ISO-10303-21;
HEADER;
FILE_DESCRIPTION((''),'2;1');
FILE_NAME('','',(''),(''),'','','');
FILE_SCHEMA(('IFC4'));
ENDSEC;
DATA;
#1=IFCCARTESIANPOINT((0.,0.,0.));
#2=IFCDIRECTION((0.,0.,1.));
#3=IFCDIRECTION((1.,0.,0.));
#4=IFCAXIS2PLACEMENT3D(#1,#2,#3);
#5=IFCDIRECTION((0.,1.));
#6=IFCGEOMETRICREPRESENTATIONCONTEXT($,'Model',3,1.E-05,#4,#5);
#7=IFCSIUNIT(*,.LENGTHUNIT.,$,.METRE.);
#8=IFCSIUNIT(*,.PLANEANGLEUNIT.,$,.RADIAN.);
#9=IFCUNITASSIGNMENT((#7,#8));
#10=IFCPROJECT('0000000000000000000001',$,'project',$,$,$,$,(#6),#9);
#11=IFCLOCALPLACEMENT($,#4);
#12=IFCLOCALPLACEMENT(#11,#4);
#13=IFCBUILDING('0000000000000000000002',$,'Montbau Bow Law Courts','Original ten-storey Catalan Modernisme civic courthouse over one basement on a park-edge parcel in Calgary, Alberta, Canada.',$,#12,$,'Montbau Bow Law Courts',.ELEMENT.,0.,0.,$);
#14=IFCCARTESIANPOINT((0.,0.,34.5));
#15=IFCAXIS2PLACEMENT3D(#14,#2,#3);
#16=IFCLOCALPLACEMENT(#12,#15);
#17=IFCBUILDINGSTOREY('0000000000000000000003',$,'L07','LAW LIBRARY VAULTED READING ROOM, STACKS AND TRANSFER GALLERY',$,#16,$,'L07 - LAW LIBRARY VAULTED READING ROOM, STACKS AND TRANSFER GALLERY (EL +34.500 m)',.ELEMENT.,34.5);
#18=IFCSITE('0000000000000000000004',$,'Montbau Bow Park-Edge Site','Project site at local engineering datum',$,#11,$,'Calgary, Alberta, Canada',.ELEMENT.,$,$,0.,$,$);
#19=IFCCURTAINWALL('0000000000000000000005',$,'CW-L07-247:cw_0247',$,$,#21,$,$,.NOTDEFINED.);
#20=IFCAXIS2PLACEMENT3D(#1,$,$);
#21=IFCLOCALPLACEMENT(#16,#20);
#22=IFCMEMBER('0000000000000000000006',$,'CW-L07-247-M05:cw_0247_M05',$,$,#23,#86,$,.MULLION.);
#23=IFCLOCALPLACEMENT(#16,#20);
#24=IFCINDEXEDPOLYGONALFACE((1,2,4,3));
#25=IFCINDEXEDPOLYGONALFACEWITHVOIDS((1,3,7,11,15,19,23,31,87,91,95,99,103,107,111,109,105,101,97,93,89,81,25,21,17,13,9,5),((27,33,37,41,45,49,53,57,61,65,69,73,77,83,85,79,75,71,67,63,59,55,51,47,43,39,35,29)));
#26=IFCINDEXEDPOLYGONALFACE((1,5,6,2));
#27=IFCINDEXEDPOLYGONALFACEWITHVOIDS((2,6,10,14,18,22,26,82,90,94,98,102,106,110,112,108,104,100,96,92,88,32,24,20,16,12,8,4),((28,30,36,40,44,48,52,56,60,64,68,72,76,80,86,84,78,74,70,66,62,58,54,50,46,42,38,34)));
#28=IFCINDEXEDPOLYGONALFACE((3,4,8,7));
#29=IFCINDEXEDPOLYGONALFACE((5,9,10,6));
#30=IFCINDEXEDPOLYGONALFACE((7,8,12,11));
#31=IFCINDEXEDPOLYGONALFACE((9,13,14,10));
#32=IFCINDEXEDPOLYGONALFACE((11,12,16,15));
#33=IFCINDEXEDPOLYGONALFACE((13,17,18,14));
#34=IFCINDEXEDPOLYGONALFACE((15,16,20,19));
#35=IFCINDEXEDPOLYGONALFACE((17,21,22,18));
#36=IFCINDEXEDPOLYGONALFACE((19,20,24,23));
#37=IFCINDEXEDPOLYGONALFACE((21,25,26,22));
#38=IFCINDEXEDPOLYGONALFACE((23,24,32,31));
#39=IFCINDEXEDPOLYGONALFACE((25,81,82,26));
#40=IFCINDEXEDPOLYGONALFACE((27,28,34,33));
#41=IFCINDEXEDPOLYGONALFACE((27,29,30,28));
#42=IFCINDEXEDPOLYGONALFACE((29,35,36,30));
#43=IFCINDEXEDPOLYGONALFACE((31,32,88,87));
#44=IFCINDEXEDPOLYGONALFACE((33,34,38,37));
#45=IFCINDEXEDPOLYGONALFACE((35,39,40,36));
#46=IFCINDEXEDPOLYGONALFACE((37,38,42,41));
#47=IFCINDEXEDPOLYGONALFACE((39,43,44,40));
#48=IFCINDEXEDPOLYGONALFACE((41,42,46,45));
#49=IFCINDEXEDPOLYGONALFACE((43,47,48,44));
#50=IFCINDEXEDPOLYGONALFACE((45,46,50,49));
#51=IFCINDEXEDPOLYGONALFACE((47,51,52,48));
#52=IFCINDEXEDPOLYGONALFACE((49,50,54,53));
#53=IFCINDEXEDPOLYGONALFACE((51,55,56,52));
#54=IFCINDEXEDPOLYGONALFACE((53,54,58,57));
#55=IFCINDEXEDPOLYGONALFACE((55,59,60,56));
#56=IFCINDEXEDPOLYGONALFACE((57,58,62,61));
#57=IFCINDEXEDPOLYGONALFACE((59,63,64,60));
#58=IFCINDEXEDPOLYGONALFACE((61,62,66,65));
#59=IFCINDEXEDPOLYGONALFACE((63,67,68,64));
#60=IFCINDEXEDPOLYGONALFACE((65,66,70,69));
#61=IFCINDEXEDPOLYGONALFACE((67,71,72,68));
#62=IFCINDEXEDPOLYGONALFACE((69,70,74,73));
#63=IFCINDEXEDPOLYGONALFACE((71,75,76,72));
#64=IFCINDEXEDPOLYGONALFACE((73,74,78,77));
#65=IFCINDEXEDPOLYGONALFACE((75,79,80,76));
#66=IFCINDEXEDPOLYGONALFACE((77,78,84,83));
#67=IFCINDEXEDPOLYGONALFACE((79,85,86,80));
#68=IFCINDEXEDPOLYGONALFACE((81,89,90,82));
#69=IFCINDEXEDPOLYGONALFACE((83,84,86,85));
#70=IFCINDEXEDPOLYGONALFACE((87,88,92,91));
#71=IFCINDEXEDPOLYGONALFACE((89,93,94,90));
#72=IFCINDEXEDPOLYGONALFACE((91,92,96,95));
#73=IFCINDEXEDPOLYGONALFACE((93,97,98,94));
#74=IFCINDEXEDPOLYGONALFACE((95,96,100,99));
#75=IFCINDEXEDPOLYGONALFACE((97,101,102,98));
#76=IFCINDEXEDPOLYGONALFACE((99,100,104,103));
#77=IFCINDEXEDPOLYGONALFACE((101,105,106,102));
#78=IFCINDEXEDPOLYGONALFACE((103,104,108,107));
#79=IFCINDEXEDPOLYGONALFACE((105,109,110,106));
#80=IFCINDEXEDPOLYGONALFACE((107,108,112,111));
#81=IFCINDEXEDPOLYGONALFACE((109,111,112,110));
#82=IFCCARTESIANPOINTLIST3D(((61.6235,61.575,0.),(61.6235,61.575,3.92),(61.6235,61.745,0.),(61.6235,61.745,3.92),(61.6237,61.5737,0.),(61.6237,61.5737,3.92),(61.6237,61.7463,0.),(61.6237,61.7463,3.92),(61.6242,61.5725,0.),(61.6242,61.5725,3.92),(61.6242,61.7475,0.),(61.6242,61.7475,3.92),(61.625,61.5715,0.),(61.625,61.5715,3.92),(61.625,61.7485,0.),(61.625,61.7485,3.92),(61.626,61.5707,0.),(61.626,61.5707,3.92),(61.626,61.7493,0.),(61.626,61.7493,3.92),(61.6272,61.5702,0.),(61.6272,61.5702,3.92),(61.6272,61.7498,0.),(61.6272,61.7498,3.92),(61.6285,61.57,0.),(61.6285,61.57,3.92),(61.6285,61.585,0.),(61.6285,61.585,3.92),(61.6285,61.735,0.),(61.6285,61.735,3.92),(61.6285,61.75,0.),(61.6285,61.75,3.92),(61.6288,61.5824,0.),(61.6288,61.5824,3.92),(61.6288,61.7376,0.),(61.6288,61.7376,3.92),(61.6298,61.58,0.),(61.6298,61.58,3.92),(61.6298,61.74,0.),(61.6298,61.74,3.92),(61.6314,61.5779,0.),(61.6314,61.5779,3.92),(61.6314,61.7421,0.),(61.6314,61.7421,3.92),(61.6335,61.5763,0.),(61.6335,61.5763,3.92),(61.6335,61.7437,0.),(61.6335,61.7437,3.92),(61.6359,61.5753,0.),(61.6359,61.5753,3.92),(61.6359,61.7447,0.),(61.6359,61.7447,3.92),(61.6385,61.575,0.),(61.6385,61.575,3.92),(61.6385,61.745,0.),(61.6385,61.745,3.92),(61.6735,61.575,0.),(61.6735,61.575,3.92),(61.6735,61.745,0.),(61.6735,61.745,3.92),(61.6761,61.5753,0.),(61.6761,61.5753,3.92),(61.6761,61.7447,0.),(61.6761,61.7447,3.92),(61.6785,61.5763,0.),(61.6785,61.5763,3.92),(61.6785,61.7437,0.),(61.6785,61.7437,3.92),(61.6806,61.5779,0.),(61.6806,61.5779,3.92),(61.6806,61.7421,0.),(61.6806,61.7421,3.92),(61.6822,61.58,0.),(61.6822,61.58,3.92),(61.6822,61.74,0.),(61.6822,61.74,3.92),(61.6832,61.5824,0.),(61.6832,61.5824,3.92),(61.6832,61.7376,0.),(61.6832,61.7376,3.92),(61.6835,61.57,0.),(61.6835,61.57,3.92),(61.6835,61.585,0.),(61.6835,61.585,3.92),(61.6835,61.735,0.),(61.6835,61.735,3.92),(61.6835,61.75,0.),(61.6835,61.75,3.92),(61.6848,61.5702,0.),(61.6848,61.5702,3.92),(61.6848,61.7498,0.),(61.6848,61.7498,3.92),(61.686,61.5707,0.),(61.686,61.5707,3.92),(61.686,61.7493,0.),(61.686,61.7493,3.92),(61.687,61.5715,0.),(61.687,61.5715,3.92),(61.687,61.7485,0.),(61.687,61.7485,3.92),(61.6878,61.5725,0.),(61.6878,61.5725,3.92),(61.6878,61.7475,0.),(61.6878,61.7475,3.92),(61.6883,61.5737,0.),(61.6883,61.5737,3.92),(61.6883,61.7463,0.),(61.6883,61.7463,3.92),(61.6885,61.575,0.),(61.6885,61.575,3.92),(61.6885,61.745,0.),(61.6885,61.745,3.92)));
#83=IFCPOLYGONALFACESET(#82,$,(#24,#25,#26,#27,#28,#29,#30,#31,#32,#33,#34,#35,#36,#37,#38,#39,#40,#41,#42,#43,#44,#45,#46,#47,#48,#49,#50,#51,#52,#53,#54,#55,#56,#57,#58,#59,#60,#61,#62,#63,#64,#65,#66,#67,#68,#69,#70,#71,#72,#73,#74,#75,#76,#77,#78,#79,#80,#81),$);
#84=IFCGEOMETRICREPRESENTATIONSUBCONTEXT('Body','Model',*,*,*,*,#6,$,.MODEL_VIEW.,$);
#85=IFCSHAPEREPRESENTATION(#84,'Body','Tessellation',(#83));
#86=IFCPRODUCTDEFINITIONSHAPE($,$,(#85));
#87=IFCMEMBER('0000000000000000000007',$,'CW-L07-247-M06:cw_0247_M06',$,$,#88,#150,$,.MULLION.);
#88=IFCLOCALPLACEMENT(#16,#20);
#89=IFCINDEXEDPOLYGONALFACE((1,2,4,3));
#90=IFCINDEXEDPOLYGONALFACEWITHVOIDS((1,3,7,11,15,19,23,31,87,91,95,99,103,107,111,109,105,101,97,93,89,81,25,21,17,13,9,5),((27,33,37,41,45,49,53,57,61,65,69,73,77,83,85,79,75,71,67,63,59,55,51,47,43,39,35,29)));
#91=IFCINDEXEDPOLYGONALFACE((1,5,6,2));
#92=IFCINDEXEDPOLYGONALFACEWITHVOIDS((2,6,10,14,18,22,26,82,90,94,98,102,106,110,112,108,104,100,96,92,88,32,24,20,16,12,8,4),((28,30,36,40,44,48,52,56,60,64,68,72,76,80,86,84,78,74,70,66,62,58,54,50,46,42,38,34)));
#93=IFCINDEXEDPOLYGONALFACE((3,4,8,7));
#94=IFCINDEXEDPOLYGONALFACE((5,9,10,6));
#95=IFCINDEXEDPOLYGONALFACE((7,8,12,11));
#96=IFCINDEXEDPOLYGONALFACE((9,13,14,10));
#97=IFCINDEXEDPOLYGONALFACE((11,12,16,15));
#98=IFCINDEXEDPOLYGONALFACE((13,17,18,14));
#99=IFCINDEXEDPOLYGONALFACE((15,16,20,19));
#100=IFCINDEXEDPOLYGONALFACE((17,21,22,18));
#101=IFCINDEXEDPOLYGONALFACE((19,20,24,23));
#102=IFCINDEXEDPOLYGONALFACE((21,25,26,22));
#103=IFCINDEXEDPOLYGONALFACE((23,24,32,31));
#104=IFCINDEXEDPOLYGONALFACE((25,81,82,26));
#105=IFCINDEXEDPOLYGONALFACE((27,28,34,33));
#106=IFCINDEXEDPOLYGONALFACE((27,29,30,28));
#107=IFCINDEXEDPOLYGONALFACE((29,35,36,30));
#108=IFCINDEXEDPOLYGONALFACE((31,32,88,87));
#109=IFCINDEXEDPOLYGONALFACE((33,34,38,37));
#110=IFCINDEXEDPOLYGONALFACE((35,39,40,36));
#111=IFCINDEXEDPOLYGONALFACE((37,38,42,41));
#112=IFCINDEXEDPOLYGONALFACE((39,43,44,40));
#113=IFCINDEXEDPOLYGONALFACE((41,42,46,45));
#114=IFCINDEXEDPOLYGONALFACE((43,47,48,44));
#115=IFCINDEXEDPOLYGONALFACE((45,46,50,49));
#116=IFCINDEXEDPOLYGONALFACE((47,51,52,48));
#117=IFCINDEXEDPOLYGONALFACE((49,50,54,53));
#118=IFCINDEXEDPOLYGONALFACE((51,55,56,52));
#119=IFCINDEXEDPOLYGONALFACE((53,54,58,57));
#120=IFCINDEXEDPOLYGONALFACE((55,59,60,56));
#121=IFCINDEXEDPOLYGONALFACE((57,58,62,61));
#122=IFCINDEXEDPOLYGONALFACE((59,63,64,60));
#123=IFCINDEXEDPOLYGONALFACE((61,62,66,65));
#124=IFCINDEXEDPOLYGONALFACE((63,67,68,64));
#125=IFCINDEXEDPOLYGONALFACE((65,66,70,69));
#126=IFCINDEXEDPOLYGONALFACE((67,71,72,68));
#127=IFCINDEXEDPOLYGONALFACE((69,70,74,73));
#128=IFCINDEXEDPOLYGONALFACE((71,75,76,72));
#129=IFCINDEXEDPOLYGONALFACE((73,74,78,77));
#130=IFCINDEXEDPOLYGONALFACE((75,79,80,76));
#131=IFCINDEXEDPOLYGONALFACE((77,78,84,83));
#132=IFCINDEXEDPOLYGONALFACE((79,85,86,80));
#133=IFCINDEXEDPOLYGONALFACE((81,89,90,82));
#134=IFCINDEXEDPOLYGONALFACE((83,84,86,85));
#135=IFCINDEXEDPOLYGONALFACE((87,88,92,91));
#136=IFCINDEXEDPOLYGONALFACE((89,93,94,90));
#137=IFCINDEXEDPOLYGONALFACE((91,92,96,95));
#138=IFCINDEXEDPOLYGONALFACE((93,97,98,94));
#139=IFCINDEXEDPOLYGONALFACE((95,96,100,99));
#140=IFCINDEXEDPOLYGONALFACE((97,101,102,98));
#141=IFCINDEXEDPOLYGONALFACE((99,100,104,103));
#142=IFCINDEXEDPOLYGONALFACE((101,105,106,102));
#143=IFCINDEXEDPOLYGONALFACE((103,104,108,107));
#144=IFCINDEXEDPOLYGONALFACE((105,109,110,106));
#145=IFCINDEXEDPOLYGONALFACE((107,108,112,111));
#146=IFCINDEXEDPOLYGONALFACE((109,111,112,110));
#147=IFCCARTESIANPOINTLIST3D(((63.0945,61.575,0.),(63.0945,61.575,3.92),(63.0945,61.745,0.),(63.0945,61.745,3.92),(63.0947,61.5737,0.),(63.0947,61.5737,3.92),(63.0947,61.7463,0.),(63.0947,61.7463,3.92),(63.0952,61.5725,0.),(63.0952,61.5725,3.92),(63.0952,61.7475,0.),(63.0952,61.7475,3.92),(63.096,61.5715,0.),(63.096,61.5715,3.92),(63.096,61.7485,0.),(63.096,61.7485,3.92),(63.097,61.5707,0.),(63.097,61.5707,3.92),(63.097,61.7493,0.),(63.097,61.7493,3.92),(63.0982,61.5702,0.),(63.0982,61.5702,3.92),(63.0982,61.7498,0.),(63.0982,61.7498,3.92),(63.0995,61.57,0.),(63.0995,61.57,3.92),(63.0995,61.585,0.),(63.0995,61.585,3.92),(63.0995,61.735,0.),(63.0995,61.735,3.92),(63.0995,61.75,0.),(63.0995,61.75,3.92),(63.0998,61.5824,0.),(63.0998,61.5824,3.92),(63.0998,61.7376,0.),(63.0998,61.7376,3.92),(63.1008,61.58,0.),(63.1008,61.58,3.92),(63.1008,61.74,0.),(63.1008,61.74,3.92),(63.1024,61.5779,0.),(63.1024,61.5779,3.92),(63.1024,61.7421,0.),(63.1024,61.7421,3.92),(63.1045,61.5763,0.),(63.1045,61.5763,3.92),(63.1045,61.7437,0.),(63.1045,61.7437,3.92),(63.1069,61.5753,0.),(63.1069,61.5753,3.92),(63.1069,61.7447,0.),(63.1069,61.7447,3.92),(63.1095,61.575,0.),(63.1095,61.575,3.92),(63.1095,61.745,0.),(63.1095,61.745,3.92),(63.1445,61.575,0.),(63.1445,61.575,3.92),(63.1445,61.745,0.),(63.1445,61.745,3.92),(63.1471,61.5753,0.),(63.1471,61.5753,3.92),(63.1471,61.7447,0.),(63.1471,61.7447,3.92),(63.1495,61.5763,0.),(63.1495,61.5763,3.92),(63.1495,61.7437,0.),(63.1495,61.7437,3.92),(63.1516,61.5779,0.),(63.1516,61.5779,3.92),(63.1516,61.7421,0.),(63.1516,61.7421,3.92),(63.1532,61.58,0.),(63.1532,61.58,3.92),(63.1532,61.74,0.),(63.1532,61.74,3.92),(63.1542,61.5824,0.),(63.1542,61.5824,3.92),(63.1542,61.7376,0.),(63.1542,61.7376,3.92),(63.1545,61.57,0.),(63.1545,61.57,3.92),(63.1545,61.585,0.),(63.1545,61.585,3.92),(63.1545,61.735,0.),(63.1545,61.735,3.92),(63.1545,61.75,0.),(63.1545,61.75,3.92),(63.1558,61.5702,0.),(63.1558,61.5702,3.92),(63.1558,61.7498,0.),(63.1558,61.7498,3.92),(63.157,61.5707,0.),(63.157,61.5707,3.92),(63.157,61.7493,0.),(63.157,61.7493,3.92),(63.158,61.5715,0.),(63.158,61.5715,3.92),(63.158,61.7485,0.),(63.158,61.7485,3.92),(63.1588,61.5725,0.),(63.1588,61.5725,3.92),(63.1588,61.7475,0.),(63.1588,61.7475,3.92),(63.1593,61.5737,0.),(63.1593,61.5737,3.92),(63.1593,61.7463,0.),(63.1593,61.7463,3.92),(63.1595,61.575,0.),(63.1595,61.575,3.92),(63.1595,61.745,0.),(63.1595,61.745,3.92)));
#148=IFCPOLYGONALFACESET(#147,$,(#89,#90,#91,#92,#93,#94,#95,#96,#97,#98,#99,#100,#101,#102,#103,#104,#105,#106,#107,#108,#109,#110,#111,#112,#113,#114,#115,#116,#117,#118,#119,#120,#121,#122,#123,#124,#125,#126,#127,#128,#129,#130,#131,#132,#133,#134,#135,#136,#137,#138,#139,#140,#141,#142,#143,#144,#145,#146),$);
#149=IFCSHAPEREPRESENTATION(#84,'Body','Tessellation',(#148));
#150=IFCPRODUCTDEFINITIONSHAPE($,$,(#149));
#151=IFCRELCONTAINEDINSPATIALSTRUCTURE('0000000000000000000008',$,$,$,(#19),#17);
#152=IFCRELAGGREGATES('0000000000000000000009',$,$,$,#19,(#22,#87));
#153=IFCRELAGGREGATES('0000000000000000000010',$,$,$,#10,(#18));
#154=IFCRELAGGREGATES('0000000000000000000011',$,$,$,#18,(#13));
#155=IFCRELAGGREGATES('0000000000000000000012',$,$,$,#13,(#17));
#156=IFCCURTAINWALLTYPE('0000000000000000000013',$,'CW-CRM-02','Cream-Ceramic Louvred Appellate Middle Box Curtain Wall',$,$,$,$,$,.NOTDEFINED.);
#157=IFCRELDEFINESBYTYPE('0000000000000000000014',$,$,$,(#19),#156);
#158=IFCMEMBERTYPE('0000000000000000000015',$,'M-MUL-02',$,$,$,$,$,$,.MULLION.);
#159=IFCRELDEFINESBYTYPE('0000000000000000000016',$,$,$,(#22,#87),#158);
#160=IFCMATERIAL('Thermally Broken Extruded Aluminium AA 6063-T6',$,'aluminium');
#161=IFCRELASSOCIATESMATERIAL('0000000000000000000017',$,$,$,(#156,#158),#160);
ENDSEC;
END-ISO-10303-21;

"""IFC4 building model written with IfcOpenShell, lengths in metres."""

from ifc_helpers import new_model, si_unit, direction, frame, origin_with_axes, origin_2d_with_axis, place, context, subcontext, project, spatial, hollow_rectangle, extrude, material, material_profile, profile_set, type_object, element, aggregate, save


model = new_model("IFC4")

# Units and contexts
model_context = context("Model", 3, precision=1e-05, world=origin_with_axes(), true_north=direction((0.0, 1.0)))
body_context = subcontext(model_context, "Body", "Model", "MODEL_VIEW")
ifc_project = project(units=[si_unit("LENGTHUNIT", "METRE"), si_unit("PLANEANGLEUNIT", "RADIAN")], contexts=[model_context])

# Site, building, storey
site_placement = place(None, origin_with_axes())
site = spatial("IfcSite", under=ifc_project, at=site_placement, Name="Montbau Bow Park-Edge Site", Description="Project site at local engineering datum", LongName="Calgary, Alberta, Canada", CompositionType="ELEMENT", RefElevation=0.0)
building_placement = place(site_placement, origin_with_axes())
building = spatial("IfcBuilding", under=site, at=building_placement, Name="Montbau Bow Law Courts", Description="Original ten-storey Catalan Modernisme civic courthouse over one basement on a park-edge parcel in Calgary, Alberta, Canada.", LongName="Montbau Bow Law Courts", CompositionType="ELEMENT", ElevationOfRefHeight=0.0, ElevationOfTerrain=0.0)
storey_placement = place(building_placement, frame((0.0, 0.0, 34.5), z_axis=(0.0, 0.0, 1.0), x_axis=(1.0, 0.0, 0.0)))
storey = spatial("IfcBuildingStorey", under=building, at=storey_placement, Name="L07", Description="LAW LIBRARY VAULTED READING ROOM, STACKS AND TRANSFER GALLERY", LongName="L07 - LAW LIBRARY VAULTED READING ROOM, STACKS AND TRANSFER GALLERY (EL +34.500 m)", CompositionType="ELEMENT", Elevation=34.5)

# Curtain wall, members
ifc_material_1 = material(Name="Thermally Broken Extruded Aluminium AA 6063-T6", Category="aluminium")
curtain_wall_type = type_object("IfcCurtainWallType", Name="CW-CRM-02", Description="Cream-Ceramic Louvred Appellate Middle Box Curtain Wall", PredefinedType="NOTDEFINED", material=ifc_material_1)
curtain_wall_1_placement = place(None, frame((55.64, 61.66, 34.5), z_axis=(0.0, 0.0, 1.0), x_axis=(1.0, 0.0, 0.0)))
curtain_wall_1 = element("IfcCurtainWall", 1, at=curtain_wall_1_placement, inside=storey, type_object=curtain_wall_type, Name="CW-L07-247:cw_0247", PredefinedType="NOTDEFINED")
ifc_material_profile_1 = material_profile(ifc_material_1, hollow_rectangle(XDim=0.065, YDim=0.18, WallThickness=0.005, InnerFilletRadius=0.01, OuterFilletRadius=0.005, at=origin_2d_with_axis()), Name="CWM-180X65", Category="Main", Priority=0)
ifc_profile_set_1 = profile_set([ifc_material_profile_1], Name="Thermally Broken Extruded Aluminium AA 6063-T6")
member_type_1 = type_object("IfcMemberType", Name="M-MUL-02", PredefinedType="MULLION", material=ifc_profile_set_1)
member_1_placement = place(None, frame((61.656, 61.66, 34.5), z_axis=(0.0, 0.0, 1.0), x_axis=(1.0, 0.0, 0.0)))
member_1 = element("IfcMember", 2, at=member_1_placement, type_object=member_type_1, Name="CW-L07-247-M05:cw_0247_M05", PredefinedType="MULLION", context=body_context, shape_type="SweptSolid", body=[
    extrude(hollow_rectangle(XDim=0.065, YDim=0.18, WallThickness=0.005, InnerFilletRadius=0.01, OuterFilletRadius=0.005, at=origin_2d_with_axis()), origin_with_axes(), (0.0, 0.0, 1.0), 3.92),
])
member_2_placement = place(None, frame((63.127, 61.66, 34.5), z_axis=(0.0, 0.0, 1.0), x_axis=(1.0, 0.0, 0.0)))
member_2 = element("IfcMember", 3, at=member_2_placement, type_object=member_type_1, Name="CW-L07-247-M06:cw_0247_M06", PredefinedType="MULLION", context=body_context, shape_type="SweptSolid", body=[
    extrude(hollow_rectangle(XDim=0.065, YDim=0.18, WallThickness=0.005, InnerFilletRadius=0.01, OuterFilletRadius=0.005, at=origin_2d_with_axis()), origin_with_axes(), (0.0, 0.0, 1.0), 3.92),
])

aggregate(curtain_wall_1, [member_1, member_2])

save(model, "model.ifc")
